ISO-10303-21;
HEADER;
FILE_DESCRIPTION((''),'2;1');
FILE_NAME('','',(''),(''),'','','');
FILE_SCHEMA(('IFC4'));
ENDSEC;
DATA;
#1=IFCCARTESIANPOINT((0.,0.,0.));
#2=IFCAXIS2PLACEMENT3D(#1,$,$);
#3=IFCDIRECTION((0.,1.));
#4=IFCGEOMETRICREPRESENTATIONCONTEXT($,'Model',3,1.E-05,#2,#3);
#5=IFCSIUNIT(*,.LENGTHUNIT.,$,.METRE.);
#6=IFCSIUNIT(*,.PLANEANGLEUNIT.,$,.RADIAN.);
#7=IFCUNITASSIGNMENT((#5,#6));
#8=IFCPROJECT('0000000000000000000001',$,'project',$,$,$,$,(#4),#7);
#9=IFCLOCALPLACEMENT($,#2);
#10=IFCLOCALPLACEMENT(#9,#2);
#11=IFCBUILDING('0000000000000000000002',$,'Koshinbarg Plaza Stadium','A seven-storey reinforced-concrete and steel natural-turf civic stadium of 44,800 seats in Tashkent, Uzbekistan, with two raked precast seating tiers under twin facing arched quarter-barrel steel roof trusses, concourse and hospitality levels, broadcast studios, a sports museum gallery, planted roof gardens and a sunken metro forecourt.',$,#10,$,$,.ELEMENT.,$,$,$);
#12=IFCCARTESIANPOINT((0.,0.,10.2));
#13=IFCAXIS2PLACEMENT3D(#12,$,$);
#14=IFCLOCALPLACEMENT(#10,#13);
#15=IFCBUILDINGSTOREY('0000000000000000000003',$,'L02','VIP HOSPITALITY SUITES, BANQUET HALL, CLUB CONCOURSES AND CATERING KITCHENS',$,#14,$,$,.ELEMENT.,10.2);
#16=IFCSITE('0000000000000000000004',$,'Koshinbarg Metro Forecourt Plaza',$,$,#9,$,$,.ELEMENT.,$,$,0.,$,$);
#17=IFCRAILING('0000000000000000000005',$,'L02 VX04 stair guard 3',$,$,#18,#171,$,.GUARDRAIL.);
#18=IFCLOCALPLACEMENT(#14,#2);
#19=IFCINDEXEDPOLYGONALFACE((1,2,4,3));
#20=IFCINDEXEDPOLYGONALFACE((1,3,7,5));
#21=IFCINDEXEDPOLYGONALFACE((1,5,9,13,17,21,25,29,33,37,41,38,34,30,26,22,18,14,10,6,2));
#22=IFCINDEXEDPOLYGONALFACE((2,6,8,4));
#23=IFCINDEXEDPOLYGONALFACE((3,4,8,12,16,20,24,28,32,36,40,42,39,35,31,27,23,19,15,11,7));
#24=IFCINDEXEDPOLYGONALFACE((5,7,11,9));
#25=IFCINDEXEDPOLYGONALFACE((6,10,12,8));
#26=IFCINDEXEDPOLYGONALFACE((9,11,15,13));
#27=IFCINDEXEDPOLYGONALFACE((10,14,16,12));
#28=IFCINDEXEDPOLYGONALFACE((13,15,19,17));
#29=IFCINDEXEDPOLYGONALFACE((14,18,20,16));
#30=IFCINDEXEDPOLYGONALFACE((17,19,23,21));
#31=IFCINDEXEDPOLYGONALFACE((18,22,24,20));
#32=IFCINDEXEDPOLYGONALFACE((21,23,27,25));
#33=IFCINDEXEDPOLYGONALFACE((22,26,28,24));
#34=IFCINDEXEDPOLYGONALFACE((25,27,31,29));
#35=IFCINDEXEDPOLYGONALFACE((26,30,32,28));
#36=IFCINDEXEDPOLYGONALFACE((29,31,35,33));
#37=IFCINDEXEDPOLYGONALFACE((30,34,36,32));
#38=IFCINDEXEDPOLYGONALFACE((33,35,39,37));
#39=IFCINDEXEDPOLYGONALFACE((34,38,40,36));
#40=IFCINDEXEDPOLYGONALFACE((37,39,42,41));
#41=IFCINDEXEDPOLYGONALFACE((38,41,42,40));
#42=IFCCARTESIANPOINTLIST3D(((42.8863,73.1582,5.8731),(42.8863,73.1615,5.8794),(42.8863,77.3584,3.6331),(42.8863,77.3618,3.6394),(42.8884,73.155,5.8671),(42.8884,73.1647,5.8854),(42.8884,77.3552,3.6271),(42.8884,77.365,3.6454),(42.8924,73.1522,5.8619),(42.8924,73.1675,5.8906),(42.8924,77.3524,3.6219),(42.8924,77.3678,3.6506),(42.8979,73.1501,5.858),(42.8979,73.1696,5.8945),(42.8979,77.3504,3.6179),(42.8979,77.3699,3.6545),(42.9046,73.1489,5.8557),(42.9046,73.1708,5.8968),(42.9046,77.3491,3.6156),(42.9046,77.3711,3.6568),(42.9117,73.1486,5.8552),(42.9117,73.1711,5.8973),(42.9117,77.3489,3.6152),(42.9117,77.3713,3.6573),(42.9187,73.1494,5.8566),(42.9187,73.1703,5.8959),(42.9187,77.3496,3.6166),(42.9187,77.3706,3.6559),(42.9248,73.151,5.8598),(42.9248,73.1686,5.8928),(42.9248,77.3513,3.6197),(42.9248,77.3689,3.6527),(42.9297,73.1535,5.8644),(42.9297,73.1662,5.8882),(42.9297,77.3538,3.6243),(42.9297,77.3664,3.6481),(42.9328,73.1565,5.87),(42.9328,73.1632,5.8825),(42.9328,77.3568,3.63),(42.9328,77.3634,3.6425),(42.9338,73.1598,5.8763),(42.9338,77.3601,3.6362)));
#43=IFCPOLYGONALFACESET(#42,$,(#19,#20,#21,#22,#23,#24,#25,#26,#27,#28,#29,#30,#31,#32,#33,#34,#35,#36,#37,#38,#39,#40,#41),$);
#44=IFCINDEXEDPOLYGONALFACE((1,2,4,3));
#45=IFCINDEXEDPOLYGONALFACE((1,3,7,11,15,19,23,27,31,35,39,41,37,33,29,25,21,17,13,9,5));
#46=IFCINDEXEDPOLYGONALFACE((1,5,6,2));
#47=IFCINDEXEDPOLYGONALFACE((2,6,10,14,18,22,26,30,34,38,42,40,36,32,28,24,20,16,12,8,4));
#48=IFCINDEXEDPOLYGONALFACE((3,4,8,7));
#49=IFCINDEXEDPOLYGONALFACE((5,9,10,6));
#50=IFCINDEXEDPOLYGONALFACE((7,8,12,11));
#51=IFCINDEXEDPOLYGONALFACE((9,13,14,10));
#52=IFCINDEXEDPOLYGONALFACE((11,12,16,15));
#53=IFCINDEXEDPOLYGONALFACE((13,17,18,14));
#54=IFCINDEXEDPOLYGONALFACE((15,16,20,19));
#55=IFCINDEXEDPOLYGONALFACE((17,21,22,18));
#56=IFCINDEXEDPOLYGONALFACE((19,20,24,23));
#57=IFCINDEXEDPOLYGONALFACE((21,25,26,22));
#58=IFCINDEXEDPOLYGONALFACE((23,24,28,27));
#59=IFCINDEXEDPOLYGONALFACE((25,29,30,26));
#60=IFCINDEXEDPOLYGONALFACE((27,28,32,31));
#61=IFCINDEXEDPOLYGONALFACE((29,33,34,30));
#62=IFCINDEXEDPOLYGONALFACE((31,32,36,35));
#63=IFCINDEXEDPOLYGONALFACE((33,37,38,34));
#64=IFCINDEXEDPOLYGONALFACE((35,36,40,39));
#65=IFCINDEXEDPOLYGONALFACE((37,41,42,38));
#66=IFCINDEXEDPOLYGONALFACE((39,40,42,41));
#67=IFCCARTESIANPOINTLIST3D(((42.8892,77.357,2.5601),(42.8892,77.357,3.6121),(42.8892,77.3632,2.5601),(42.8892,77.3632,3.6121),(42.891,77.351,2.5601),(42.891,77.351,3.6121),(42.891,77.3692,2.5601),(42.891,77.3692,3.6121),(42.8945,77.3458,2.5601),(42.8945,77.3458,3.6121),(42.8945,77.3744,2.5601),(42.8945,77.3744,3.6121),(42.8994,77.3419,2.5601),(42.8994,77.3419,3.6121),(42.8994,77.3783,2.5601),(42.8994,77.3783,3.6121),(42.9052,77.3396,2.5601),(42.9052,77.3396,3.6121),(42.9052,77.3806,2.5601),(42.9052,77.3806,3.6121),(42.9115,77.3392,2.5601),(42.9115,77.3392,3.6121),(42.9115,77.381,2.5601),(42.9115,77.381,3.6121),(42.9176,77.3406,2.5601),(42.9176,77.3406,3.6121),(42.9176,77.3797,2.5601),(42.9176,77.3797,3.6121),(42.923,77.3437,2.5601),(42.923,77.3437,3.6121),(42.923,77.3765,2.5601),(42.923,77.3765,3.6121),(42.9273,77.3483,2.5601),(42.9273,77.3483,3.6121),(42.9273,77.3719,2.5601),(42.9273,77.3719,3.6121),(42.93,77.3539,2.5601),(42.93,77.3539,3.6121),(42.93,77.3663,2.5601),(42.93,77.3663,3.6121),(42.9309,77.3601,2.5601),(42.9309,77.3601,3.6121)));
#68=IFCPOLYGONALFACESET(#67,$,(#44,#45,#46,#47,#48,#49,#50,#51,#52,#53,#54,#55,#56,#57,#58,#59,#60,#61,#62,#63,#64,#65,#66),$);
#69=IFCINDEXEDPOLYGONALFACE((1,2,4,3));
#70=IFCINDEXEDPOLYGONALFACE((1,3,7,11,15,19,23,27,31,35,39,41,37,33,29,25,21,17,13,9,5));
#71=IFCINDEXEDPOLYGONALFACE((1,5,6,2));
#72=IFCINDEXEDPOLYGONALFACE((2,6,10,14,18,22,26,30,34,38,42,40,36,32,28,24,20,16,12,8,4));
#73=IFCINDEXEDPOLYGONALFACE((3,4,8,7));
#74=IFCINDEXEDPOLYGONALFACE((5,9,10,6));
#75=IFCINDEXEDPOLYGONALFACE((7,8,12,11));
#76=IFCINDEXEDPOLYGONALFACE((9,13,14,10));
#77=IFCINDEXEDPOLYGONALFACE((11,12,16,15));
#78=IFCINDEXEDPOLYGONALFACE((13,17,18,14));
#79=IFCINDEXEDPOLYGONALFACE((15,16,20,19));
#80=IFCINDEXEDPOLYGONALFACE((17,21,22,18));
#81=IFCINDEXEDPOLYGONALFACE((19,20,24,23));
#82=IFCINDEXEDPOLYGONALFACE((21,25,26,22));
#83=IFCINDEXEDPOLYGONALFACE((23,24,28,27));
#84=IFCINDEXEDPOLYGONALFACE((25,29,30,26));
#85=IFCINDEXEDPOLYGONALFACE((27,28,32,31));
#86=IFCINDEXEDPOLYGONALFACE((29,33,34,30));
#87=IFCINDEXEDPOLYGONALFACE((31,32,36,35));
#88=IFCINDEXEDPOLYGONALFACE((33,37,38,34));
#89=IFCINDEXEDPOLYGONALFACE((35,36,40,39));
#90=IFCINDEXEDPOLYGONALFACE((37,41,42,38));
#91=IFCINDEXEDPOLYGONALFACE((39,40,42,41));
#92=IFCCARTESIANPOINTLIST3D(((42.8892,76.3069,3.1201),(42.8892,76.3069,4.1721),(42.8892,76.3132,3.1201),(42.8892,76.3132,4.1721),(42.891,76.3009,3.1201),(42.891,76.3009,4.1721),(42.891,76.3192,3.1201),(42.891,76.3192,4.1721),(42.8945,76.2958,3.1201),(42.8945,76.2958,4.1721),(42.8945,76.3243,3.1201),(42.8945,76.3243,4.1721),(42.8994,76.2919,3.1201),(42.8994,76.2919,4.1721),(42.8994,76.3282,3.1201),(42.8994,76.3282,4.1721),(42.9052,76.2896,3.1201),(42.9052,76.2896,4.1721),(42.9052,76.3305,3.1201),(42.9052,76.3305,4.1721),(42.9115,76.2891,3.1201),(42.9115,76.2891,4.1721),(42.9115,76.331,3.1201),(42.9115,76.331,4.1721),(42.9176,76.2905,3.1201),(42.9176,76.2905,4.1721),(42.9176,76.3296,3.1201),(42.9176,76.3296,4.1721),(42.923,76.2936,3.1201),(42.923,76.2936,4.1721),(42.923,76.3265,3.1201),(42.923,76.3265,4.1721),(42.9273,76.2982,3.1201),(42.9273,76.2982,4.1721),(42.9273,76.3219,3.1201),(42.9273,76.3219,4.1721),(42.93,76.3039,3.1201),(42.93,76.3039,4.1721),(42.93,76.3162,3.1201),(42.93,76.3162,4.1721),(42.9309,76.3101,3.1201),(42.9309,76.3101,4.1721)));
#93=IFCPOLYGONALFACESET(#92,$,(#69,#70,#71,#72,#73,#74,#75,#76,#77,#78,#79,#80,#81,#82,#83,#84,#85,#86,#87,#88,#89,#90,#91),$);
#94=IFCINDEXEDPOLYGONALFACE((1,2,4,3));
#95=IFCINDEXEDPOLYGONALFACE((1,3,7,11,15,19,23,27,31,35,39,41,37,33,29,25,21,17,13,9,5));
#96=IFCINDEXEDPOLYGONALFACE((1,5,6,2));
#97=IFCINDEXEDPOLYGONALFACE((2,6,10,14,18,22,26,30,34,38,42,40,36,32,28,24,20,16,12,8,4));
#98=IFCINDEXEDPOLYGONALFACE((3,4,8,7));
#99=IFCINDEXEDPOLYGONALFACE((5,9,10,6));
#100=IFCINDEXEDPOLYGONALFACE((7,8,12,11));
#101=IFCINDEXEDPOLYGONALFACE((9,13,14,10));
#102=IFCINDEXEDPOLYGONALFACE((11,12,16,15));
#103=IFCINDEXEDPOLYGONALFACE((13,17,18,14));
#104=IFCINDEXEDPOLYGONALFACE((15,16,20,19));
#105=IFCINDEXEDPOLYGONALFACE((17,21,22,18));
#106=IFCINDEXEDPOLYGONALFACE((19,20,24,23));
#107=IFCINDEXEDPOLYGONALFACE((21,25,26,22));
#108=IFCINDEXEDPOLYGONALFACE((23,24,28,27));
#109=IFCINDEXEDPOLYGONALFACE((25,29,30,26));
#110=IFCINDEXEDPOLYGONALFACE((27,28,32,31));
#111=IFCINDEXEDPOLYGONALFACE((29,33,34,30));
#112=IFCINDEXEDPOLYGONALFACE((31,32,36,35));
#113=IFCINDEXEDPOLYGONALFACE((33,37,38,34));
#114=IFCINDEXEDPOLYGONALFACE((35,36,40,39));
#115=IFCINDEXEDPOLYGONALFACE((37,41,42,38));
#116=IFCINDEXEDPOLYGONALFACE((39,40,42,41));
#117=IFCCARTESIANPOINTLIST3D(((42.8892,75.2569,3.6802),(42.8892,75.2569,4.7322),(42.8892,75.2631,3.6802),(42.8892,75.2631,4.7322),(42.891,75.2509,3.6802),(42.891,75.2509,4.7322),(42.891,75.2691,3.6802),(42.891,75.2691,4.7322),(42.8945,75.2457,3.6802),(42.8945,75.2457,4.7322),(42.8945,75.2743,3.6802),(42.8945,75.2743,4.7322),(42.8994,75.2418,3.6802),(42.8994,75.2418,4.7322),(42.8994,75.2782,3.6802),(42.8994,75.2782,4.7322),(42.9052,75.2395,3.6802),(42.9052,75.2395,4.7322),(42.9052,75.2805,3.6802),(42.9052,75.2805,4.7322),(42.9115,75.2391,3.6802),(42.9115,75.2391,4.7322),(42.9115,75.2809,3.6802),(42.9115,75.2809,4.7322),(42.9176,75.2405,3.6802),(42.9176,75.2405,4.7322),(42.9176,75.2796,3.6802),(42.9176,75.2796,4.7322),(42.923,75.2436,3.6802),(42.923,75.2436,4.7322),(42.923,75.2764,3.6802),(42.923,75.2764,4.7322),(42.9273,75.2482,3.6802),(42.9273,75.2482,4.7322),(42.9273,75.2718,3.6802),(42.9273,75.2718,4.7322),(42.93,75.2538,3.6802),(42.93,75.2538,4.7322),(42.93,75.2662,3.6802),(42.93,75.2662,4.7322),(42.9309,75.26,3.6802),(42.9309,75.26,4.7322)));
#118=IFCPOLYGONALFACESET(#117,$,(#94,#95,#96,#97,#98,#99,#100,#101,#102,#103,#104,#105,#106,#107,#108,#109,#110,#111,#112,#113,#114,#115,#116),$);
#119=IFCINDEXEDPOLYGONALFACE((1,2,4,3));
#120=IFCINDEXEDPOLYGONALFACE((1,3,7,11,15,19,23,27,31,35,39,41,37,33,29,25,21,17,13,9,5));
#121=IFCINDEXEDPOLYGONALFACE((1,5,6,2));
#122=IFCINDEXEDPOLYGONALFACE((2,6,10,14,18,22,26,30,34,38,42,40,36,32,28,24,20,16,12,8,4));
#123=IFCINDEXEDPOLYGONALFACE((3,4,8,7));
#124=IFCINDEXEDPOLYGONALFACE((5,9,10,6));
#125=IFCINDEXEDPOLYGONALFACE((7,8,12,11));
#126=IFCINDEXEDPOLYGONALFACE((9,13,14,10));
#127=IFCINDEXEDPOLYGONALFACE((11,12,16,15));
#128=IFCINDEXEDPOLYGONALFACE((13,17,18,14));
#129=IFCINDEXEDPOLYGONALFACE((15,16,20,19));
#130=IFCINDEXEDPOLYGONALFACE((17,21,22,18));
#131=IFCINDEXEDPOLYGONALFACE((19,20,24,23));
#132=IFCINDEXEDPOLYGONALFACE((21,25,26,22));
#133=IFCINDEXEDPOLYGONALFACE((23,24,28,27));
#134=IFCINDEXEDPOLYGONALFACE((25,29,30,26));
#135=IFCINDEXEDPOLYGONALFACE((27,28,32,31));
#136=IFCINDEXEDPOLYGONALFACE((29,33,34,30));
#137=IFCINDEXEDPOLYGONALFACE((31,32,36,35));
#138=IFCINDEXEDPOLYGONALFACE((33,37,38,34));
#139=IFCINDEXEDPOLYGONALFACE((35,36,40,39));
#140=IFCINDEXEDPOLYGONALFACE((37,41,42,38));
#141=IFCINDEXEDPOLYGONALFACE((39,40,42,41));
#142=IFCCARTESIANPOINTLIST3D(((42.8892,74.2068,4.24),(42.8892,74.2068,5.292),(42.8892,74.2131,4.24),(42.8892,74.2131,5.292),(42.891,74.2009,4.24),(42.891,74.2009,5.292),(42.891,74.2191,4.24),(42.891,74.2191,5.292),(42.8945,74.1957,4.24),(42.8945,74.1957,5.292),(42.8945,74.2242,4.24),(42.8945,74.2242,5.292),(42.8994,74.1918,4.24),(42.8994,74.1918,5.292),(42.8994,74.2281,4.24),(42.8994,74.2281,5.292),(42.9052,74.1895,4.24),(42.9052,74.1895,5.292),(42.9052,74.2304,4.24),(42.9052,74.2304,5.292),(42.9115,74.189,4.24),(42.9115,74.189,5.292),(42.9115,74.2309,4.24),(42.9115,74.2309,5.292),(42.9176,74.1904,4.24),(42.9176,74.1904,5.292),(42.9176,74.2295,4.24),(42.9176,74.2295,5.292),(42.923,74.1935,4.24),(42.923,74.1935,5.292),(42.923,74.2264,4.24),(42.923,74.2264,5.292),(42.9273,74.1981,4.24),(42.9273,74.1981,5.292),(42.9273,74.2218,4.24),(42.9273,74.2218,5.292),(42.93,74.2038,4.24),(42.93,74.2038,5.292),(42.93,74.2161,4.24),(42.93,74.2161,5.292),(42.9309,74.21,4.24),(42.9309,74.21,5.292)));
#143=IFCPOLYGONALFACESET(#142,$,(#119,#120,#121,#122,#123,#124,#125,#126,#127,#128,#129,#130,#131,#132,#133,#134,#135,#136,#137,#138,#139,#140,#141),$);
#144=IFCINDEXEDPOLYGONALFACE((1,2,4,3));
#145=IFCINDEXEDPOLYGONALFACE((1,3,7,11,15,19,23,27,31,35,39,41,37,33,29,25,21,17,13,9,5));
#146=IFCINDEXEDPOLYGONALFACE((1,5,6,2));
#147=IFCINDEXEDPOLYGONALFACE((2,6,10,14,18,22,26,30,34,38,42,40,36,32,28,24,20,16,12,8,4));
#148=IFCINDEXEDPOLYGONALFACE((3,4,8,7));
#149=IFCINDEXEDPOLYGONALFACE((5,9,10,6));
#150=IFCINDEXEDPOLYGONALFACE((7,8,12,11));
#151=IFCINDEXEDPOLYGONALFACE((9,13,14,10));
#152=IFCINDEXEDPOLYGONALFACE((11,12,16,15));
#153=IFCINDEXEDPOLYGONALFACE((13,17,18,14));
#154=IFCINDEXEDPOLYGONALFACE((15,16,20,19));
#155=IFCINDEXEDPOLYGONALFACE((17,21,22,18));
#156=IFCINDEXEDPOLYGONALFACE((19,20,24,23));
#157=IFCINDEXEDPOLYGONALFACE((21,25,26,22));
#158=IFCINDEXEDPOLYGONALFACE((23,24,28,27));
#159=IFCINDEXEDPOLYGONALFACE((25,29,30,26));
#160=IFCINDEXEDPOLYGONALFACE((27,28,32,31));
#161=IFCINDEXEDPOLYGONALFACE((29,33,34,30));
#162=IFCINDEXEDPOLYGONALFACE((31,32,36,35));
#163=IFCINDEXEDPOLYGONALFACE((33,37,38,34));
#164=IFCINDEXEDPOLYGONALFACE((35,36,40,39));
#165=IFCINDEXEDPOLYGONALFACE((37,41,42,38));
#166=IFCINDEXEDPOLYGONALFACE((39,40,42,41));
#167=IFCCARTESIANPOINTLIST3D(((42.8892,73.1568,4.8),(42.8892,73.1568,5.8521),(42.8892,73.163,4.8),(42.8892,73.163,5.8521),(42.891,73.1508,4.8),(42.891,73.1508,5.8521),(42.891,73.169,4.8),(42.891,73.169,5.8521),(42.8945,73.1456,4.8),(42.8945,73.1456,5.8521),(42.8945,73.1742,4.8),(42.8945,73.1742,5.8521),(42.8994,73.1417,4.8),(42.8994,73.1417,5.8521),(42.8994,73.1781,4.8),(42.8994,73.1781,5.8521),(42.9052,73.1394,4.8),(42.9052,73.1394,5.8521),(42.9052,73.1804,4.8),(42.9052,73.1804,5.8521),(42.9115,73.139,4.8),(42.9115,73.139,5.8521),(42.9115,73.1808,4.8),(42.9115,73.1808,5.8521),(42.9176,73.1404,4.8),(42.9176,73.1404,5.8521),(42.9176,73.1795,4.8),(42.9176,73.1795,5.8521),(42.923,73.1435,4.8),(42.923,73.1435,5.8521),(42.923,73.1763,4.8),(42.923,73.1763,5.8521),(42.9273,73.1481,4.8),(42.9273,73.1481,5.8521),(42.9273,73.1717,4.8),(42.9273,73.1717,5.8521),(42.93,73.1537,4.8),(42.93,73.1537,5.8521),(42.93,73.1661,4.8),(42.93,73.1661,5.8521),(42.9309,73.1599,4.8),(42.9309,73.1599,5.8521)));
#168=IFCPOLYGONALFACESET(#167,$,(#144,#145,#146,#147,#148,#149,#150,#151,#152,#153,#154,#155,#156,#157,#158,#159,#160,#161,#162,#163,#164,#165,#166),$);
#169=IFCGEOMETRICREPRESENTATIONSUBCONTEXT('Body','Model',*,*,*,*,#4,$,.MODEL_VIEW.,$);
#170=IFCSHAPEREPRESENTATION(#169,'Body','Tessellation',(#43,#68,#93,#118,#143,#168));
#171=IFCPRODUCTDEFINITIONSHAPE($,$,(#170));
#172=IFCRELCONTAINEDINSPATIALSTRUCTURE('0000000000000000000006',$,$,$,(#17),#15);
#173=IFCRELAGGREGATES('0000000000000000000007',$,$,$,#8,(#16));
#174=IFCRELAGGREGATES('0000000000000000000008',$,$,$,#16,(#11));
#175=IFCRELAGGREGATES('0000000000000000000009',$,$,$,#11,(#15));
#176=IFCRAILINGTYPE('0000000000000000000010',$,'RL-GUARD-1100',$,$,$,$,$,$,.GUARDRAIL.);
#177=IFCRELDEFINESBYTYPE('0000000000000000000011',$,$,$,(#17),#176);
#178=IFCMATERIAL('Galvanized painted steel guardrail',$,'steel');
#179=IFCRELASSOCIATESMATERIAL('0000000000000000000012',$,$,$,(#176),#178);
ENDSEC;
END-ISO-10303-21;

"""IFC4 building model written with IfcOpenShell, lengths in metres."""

from ifc_helpers import new_model, si_unit, direction, frame, origin, origin_2d, place, context, subcontext, project, spatial, circle, extrude, material, type_object, element, save


model = new_model("IFC4")

# Units and contexts
model_context = context("Model", 3, precision=1e-05, world=origin(), true_north=direction((0.0, 1.0)))
body_context = subcontext(model_context, "Body", "Model", "MODEL_VIEW")
ifc_project = project(units=[si_unit("LENGTHUNIT", "METRE"), si_unit("PLANEANGLEUNIT", "RADIAN")], contexts=[model_context])

# Site, building, storey
site_placement = place(None, origin())
site = spatial("IfcSite", under=ifc_project, at=site_placement, Name="Koshinbarg Metro Forecourt Plaza", CompositionType="ELEMENT", RefElevation=0.0)
building_placement = place(site_placement, origin())
building = spatial("IfcBuilding", under=site, at=building_placement, Name="Koshinbarg Plaza Stadium", Description="A seven-storey reinforced-concrete and steel natural-turf civic stadium of 44,800 seats in Tashkent, Uzbekistan, with two raked precast seating tiers under twin facing arched quarter-barrel steel roof trusses, concourse and hospitality levels, broadcast studios, a sports museum gallery, planted roof gardens and a sunken metro forecourt.", CompositionType="ELEMENT")
storey_placement = place(building_placement, frame((0.0, 0.0, 10.2)))
storey = spatial("IfcBuildingStorey", under=building, at=storey_placement, Name="L02", Description="VIP HOSPITALITY SUITES, BANQUET HALL, CLUB CONCOURSES AND CATERING KITCHENS", CompositionType="ELEMENT", Elevation=10.2)

# Railing
ifc_material_1 = material(Name="Galvanized painted steel guardrail", Category="steel")
railing_type_1 = type_object("IfcRailingType", Name="RL-GUARD-1100", PredefinedType="GUARDRAIL", material=ifc_material_1)
railing_1_placement = place(storey_placement, frame((42.9099, 77.3601, 2.5601)))
element("IfcRailing", 1, at=railing_1_placement, inside=storey, type_object=railing_type_1, Name="L02 VX04 stair guard 3", PredefinedType="GUARDRAIL", context=body_context, shape_type="SweptSolid", body=[
    extrude(circle(Radius=0.0239, at=origin_2d()), frame((0.0, 0.0, 1.0762), z_axis=(0.0, -0.882363, 0.47057), x_axis=(1.0, 0.0, 0.0)), (0.0, 0.0, 1.0), 4.7603),
    extrude(circle(Radius=0.021, at=origin_2d()), origin(), (0.0, 0.0, 1.0), 1.052),
    extrude(circle(Radius=0.021, at=origin_2d()), frame((0.0, -1.05, 0.5601)), (0.0, 0.0, 1.0), 1.052),
    extrude(circle(Radius=0.021, at=origin_2d()), frame((0.0, -2.1001, 1.1201)), (0.0, 0.0, 1.0), 1.052),
    extrude(circle(Radius=0.021, at=origin_2d()), frame((0.0, -3.1501, 1.6799)), (0.0, 0.0, 1.0), 1.052),
    extrude(circle(Radius=0.021, at=origin_2d()), frame((0.0, -4.2002, 2.24)), (0.0, 0.0, 1.0), 1.052),
])

save(model, "model.ifc")
